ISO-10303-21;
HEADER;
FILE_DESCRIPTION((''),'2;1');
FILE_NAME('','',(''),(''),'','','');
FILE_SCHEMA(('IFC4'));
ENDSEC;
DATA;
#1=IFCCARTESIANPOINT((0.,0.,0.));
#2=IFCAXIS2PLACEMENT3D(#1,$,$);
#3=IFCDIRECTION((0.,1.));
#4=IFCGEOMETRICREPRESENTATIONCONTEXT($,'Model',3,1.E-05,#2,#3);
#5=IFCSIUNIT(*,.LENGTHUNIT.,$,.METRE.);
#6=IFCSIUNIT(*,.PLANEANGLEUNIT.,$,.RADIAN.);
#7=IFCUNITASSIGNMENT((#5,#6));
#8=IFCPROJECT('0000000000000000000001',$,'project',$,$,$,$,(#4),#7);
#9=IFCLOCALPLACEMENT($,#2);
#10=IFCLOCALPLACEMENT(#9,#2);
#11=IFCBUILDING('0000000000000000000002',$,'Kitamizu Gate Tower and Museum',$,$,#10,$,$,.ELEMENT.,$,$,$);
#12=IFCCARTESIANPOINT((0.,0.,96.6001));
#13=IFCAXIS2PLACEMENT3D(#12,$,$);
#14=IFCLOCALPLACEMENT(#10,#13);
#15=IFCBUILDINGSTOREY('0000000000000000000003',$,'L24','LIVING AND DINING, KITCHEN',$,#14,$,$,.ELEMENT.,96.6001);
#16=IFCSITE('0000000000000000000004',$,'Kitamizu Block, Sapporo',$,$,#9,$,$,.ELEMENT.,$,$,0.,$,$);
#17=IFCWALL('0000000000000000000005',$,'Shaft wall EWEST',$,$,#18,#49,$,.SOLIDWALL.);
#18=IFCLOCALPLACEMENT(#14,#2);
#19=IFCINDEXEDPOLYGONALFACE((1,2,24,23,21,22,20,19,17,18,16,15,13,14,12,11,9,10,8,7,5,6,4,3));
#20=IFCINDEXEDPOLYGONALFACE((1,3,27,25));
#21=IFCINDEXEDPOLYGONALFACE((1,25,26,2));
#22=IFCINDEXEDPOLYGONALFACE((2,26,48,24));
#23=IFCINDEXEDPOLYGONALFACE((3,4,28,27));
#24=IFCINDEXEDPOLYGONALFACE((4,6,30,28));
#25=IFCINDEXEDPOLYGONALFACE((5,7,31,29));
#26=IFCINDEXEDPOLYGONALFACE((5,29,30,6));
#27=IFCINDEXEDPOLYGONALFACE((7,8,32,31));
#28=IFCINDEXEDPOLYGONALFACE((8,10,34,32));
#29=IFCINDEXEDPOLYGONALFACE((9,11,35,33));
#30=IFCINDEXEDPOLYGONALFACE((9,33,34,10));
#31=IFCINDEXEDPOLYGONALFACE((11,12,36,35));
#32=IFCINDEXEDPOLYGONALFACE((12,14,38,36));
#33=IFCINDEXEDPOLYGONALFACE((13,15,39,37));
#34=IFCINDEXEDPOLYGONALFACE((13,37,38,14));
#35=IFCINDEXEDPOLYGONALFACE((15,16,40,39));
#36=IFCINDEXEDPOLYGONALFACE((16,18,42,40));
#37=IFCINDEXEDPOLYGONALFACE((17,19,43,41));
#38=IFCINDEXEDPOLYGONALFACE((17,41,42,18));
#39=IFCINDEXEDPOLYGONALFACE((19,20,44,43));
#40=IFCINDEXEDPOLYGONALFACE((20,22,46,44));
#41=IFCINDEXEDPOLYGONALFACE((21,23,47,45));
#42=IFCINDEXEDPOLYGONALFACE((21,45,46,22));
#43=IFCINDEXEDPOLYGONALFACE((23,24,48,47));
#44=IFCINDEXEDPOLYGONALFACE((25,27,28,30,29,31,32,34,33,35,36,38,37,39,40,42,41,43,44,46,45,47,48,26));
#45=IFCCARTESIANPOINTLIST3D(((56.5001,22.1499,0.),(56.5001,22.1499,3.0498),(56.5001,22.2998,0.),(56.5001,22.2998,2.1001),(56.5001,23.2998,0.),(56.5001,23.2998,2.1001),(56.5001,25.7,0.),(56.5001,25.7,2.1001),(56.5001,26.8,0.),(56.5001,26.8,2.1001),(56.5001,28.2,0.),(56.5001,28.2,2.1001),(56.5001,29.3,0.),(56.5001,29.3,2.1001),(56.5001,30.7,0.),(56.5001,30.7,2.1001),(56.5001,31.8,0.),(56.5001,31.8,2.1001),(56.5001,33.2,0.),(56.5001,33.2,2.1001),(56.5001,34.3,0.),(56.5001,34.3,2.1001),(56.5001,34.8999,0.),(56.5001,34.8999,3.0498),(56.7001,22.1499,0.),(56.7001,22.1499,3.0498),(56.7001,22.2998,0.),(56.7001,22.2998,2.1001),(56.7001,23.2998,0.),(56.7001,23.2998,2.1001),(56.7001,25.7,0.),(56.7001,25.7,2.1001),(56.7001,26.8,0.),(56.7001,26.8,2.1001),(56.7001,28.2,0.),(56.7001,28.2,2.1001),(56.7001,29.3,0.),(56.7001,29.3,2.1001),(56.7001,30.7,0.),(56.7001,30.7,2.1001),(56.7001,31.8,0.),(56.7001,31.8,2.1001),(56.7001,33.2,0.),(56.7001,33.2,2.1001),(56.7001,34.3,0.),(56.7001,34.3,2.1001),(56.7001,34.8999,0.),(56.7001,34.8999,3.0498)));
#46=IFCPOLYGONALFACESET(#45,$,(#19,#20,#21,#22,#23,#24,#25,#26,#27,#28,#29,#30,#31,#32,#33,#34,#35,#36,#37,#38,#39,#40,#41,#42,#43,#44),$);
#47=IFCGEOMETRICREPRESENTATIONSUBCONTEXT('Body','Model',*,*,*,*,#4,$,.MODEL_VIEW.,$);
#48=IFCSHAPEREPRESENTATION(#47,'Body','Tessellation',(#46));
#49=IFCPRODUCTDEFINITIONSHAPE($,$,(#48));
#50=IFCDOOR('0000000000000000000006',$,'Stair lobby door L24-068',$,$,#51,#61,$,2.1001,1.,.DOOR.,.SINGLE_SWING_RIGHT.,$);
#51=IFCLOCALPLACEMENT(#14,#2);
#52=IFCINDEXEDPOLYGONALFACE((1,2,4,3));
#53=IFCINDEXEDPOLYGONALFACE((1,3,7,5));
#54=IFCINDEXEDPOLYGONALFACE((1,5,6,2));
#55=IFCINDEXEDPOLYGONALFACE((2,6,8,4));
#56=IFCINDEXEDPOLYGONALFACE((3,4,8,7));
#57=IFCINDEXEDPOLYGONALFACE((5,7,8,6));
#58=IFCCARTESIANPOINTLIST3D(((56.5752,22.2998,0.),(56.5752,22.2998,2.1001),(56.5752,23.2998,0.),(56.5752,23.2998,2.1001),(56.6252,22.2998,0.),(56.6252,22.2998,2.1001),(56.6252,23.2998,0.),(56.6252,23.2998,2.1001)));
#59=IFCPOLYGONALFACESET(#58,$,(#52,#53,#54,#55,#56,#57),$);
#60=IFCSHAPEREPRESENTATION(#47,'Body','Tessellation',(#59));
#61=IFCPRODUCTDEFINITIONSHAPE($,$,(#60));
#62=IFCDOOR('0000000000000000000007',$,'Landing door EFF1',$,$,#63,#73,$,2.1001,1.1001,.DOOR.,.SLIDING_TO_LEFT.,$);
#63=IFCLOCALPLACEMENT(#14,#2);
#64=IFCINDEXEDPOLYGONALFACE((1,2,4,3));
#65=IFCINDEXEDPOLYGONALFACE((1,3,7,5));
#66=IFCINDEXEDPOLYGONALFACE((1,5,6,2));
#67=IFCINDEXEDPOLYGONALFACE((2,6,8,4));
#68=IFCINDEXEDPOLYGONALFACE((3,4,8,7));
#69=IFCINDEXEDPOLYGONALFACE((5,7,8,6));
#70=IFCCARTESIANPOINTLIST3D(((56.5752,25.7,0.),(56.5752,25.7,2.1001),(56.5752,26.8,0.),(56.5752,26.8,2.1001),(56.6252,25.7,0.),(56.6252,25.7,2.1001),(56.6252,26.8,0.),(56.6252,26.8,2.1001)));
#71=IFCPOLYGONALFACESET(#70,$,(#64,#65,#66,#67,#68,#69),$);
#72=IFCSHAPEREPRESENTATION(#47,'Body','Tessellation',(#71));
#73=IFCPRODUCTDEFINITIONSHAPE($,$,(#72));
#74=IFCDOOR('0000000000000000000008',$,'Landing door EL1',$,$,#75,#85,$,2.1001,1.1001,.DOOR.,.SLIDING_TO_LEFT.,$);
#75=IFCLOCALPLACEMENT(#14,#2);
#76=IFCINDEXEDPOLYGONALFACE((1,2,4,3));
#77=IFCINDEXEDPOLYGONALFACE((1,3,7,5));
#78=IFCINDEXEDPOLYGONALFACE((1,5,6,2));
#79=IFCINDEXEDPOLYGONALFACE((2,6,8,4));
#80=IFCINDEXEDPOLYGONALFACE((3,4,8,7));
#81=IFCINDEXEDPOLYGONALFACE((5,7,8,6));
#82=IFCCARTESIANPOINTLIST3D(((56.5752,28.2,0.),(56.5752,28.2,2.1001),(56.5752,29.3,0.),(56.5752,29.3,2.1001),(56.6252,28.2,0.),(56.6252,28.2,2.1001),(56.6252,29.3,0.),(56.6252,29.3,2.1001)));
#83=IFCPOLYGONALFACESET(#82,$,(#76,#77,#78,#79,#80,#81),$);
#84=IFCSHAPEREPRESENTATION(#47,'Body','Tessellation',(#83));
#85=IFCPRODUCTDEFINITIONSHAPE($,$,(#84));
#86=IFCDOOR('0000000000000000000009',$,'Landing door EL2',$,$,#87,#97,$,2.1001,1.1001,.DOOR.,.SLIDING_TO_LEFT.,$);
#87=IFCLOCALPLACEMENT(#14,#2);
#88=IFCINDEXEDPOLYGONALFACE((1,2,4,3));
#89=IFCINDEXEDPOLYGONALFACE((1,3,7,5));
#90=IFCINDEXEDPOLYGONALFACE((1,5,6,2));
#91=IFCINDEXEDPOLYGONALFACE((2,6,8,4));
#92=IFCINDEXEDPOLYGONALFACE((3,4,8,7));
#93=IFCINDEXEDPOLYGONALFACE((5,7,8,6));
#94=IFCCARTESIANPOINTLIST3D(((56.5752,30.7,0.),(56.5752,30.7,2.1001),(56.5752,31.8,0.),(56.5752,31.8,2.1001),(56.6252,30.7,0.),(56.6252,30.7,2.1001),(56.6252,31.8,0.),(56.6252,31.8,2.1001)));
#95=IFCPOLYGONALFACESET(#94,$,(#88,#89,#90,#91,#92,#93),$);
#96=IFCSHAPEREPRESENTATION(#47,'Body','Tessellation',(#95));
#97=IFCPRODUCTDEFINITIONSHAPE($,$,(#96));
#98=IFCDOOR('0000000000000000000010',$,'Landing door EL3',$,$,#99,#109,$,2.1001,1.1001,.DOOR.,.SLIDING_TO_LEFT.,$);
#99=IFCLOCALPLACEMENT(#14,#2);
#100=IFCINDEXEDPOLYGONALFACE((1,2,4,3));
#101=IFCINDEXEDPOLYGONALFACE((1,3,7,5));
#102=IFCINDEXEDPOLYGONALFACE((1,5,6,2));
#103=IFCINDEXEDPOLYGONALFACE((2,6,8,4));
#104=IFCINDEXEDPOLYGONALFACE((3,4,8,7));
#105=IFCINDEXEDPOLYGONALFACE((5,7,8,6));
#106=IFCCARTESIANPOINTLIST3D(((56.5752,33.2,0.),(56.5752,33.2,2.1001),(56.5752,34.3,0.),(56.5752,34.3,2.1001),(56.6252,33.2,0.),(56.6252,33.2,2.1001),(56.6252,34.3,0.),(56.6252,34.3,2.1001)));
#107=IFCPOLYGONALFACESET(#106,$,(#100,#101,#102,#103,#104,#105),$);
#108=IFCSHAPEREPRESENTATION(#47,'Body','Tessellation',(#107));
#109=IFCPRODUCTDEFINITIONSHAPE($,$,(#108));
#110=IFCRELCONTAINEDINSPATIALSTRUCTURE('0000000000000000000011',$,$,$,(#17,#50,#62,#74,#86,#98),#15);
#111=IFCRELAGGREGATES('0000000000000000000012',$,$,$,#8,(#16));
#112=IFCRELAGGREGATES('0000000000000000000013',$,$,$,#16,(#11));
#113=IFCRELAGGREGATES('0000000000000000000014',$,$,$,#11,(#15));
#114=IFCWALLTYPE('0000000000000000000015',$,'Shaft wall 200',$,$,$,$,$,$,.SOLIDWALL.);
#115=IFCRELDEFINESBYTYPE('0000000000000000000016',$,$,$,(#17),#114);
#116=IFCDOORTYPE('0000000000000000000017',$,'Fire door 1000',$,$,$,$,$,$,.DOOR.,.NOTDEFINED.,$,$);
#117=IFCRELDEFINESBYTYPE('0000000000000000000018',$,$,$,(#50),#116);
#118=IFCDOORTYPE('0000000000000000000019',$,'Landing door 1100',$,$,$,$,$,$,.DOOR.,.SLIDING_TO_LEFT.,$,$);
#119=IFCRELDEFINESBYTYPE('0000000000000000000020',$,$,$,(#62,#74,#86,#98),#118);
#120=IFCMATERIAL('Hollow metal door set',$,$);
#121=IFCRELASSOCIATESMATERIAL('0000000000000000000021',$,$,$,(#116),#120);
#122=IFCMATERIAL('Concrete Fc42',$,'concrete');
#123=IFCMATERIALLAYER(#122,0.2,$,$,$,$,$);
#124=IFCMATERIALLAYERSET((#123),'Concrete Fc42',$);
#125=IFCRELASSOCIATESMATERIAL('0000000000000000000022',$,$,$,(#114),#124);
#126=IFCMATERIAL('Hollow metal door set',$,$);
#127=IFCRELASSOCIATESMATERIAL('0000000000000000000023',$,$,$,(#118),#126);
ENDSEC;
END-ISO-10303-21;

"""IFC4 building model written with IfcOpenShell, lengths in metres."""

from ifc_helpers import new_model, si_unit, direction, frame, frame_2d, origin, place, context, subcontext, project, spatial, rectangle, extrude, material, layer, layer_set, type_object, element, fill, save


model = new_model("IFC4")

# Units and contexts
model_context = context("Model", 3, precision=1e-05, world=origin(), true_north=direction((0.0, 1.0)))
body_context = subcontext(model_context, "Body", "Model", "MODEL_VIEW")
ifc_project = project(units=[si_unit("LENGTHUNIT", "METRE"), si_unit("PLANEANGLEUNIT", "RADIAN")], contexts=[model_context])

# Site, building, storey
site_placement = place(None, origin())
site = spatial("IfcSite", under=ifc_project, at=site_placement, Name="Kitamizu Block, Sapporo", CompositionType="ELEMENT", RefElevation=0.0)
building_placement = place(site_placement, origin())
building = spatial("IfcBuilding", under=site, at=building_placement, Name="Kitamizu Gate Tower and Museum", CompositionType="ELEMENT")
storey_placement = place(building_placement, frame((0.0, 0.0, 96.6001)))
storey = spatial("IfcBuildingStorey", under=building, at=storey_placement, Name="L24", Description="LIVING AND DINING, KITCHEN", CompositionType="ELEMENT", Elevation=96.6001)

# Wall, openings, doors
ifc_material_1 = material(Name="Hollow metal door set")
door_type_1 = type_object("IfcDoorType", Name="Fire door 1000", OperationType="NOTDEFINED", PredefinedType="DOOR", material=ifc_material_1)
ifc_material_2 = material(Name="Concrete Fc42", Category="concrete")
ifc_layer_1 = layer(ifc_material_2, 0.2)
ifc_layer_set_1 = layer_set([ifc_layer_1], Name="Concrete Fc42")
wall_type_1 = type_object("IfcWallType", Name="Shaft wall 200", PredefinedType="SOLIDWALL", material=ifc_layer_set_1)
wall_1_placement = place(storey_placement, frame((56.6001, 22.1499, 0.0), z_axis=(0.0, 0.0, 1.0), x_axis=(0.0, 1.0, 0.0)))
wall_1 = element("IfcWall", 1, at=wall_1_placement, inside=storey, type_object=wall_type_1, Name="Shaft wall EWEST", PredefinedType="SOLIDWALL", context=body_context, shape_type="SweptSolid", body=[
    extrude(rectangle(XDim=12.75, YDim=0.2, at=frame_2d((6.375, 0.0))), origin(), (0.0, 0.0, 1.0), 3.0498),
])
opening_1_placement = place(wall_1_placement, frame((3.55, 0.0, 0.0)))
opening_1 = element("IfcOpeningElement", 2, at=opening_1_placement, cuts=wall_1, PredefinedType="OPENING", context=body_context, shape_type="SweptSolid", body=[
    extrude(rectangle(XDim=1.1001, YDim=2.1001, at=frame_2d((0.55, 1.05))), frame((0.0, 0.1099, 0.0), z_axis=(0.0, -1.0, 0.0), x_axis=(1.0, 0.0, 0.0)), (0.0, 0.0, 1.0), 0.22),
])
opening_2_placement = place(wall_1_placement, frame((6.05, 0.0, 0.0)))
opening_2 = element("IfcOpeningElement", 3, at=opening_2_placement, cuts=wall_1, PredefinedType="OPENING", context=body_context, shape_type="SweptSolid", body=[
    extrude(rectangle(XDim=1.1001, YDim=2.1001, at=frame_2d((0.55, 1.05))), frame((0.0, 0.1099, 0.0), z_axis=(0.0, -1.0, 0.0), x_axis=(1.0, 0.0, 0.0)), (0.0, 0.0, 1.0), 0.22),
])
opening_3_placement = place(wall_1_placement, frame((8.55, 0.0, 0.0)))
opening_3 = element("IfcOpeningElement", 4, at=opening_3_placement, cuts=wall_1, PredefinedType="OPENING", context=body_context, shape_type="SweptSolid", body=[
    extrude(rectangle(XDim=1.1001, YDim=2.1001, at=frame_2d((0.55, 1.05))), frame((0.0, 0.1099, 0.0), z_axis=(0.0, -1.0, 0.0), x_axis=(1.0, 0.0, 0.0)), (0.0, 0.0, 1.0), 0.22),
])
opening_4_placement = place(wall_1_placement, frame((11.05, 0.0, 0.0)))
opening_4 = element("IfcOpeningElement", 5, at=opening_4_placement, cuts=wall_1, PredefinedType="OPENING", context=body_context, shape_type="SweptSolid", body=[
    extrude(rectangle(XDim=1.1001, YDim=2.1001, at=frame_2d((0.55, 1.05))), frame((0.0, 0.1099, 0.0), z_axis=(0.0, -1.0, 0.0), x_axis=(1.0, 0.0, 0.0)), (0.0, 0.0, 1.0), 0.22),
])
opening_5_placement = place(wall_1_placement, frame((0.1499, 0.0, 0.0)))
opening_5 = element("IfcOpeningElement", 6, at=opening_5_placement, cuts=wall_1, PredefinedType="OPENING", context=body_context, shape_type="SweptSolid", body=[
    extrude(rectangle(XDim=1.0, YDim=2.1001, at=frame_2d((0.5, 1.05))), frame((0.0, 0.1099, 0.0), z_axis=(0.0, -1.0, 0.0), x_axis=(1.0, 0.0, 0.0)), (0.0, 0.0, 1.0), 0.22),
])
door_1_placement = place(opening_5_placement, origin())
door_1 = element("IfcDoor", 7, at=door_1_placement, inside=storey, type_object=door_type_1, Name="Stair lobby door L24-068", OperationType="SINGLE_SWING_RIGHT", OverallHeight=2.1001, OverallWidth=1.0, PredefinedType="DOOR", context=body_context, shape_type="SweptSolid", body=[
    extrude(rectangle(XDim=1.0, YDim=2.1001, at=frame_2d((0.5, 1.05))), frame((0.0, 0.0249, 0.0), z_axis=(0.0, -1.0, 0.0), x_axis=(1.0, 0.0, 0.0)), (0.0, 0.0, 1.0), 0.05),
])
fill(opening_5, door_1)
ifc_material_3 = material(Name="Hollow metal door set")
door_type_2 = type_object("IfcDoorType", Name="Landing door 1100", OperationType="SLIDING_TO_LEFT", PredefinedType="DOOR", material=ifc_material_3)
door_2_placement = place(opening_1_placement, origin())
door_2 = element("IfcDoor", 8, at=door_2_placement, inside=storey, type_object=door_type_2, Name="Landing door EFF1", OperationType="SLIDING_TO_LEFT", OverallHeight=2.1001, OverallWidth=1.1001, PredefinedType="DOOR", context=body_context, shape_type="SweptSolid", body=[
    extrude(rectangle(XDim=1.1001, YDim=2.1001, at=frame_2d((0.55, 1.05))), frame((0.0, 0.0249, 0.0), z_axis=(0.0, -1.0, 0.0), x_axis=(1.0, 0.0, 0.0)), (0.0, 0.0, 1.0), 0.05),
])
fill(opening_1, door_2)
door_3_placement = place(opening_2_placement, origin())
door_3 = element("IfcDoor", 9, at=door_3_placement, inside=storey, type_object=door_type_2, Name="Landing door EL1", OperationType="SLIDING_TO_LEFT", OverallHeight=2.1001, OverallWidth=1.1001, PredefinedType="DOOR", context=body_context, shape_type="SweptSolid", body=[
    extrude(rectangle(XDim=1.1001, YDim=2.1001, at=frame_2d((0.55, 1.05))), frame((0.0, 0.0249, 0.0), z_axis=(0.0, -1.0, 0.0), x_axis=(1.0, 0.0, 0.0)), (0.0, 0.0, 1.0), 0.05),
])
fill(opening_2, door_3)
door_4_placement = place(opening_3_placement, origin())
door_4 = element("IfcDoor", 10, at=door_4_placement, inside=storey, type_object=door_type_2, Name="Landing door EL2", OperationType="SLIDING_TO_LEFT", OverallHeight=2.1001, OverallWidth=1.1001, PredefinedType="DOOR", context=body_context, shape_type="SweptSolid", body=[
    extrude(rectangle(XDim=1.1001, YDim=2.1001, at=frame_2d((0.55, 1.05))), frame((0.0, 0.0249, 0.0), z_axis=(0.0, -1.0, 0.0), x_axis=(1.0, 0.0, 0.0)), (0.0, 0.0, 1.0), 0.05),
])
fill(opening_3, door_4)
door_5_placement = place(opening_4_placement, origin())
door_5 = element("IfcDoor", 11, at=door_5_placement, inside=storey, type_object=door_type_2, Name="Landing door EL3", OperationType="SLIDING_TO_LEFT", OverallHeight=2.1001, OverallWidth=1.1001, PredefinedType="DOOR", context=body_context, shape_type="SweptSolid", body=[
    extrude(rectangle(XDim=1.1001, YDim=2.1001, at=frame_2d((0.55, 1.05))), frame((0.0, 0.0249, 0.0), z_axis=(0.0, -1.0, 0.0), x_axis=(1.0, 0.0, 0.0)), (0.0, 0.0, 1.0), 0.05),
])
fill(opening_4, door_5)

save(model, "model.ifc")
